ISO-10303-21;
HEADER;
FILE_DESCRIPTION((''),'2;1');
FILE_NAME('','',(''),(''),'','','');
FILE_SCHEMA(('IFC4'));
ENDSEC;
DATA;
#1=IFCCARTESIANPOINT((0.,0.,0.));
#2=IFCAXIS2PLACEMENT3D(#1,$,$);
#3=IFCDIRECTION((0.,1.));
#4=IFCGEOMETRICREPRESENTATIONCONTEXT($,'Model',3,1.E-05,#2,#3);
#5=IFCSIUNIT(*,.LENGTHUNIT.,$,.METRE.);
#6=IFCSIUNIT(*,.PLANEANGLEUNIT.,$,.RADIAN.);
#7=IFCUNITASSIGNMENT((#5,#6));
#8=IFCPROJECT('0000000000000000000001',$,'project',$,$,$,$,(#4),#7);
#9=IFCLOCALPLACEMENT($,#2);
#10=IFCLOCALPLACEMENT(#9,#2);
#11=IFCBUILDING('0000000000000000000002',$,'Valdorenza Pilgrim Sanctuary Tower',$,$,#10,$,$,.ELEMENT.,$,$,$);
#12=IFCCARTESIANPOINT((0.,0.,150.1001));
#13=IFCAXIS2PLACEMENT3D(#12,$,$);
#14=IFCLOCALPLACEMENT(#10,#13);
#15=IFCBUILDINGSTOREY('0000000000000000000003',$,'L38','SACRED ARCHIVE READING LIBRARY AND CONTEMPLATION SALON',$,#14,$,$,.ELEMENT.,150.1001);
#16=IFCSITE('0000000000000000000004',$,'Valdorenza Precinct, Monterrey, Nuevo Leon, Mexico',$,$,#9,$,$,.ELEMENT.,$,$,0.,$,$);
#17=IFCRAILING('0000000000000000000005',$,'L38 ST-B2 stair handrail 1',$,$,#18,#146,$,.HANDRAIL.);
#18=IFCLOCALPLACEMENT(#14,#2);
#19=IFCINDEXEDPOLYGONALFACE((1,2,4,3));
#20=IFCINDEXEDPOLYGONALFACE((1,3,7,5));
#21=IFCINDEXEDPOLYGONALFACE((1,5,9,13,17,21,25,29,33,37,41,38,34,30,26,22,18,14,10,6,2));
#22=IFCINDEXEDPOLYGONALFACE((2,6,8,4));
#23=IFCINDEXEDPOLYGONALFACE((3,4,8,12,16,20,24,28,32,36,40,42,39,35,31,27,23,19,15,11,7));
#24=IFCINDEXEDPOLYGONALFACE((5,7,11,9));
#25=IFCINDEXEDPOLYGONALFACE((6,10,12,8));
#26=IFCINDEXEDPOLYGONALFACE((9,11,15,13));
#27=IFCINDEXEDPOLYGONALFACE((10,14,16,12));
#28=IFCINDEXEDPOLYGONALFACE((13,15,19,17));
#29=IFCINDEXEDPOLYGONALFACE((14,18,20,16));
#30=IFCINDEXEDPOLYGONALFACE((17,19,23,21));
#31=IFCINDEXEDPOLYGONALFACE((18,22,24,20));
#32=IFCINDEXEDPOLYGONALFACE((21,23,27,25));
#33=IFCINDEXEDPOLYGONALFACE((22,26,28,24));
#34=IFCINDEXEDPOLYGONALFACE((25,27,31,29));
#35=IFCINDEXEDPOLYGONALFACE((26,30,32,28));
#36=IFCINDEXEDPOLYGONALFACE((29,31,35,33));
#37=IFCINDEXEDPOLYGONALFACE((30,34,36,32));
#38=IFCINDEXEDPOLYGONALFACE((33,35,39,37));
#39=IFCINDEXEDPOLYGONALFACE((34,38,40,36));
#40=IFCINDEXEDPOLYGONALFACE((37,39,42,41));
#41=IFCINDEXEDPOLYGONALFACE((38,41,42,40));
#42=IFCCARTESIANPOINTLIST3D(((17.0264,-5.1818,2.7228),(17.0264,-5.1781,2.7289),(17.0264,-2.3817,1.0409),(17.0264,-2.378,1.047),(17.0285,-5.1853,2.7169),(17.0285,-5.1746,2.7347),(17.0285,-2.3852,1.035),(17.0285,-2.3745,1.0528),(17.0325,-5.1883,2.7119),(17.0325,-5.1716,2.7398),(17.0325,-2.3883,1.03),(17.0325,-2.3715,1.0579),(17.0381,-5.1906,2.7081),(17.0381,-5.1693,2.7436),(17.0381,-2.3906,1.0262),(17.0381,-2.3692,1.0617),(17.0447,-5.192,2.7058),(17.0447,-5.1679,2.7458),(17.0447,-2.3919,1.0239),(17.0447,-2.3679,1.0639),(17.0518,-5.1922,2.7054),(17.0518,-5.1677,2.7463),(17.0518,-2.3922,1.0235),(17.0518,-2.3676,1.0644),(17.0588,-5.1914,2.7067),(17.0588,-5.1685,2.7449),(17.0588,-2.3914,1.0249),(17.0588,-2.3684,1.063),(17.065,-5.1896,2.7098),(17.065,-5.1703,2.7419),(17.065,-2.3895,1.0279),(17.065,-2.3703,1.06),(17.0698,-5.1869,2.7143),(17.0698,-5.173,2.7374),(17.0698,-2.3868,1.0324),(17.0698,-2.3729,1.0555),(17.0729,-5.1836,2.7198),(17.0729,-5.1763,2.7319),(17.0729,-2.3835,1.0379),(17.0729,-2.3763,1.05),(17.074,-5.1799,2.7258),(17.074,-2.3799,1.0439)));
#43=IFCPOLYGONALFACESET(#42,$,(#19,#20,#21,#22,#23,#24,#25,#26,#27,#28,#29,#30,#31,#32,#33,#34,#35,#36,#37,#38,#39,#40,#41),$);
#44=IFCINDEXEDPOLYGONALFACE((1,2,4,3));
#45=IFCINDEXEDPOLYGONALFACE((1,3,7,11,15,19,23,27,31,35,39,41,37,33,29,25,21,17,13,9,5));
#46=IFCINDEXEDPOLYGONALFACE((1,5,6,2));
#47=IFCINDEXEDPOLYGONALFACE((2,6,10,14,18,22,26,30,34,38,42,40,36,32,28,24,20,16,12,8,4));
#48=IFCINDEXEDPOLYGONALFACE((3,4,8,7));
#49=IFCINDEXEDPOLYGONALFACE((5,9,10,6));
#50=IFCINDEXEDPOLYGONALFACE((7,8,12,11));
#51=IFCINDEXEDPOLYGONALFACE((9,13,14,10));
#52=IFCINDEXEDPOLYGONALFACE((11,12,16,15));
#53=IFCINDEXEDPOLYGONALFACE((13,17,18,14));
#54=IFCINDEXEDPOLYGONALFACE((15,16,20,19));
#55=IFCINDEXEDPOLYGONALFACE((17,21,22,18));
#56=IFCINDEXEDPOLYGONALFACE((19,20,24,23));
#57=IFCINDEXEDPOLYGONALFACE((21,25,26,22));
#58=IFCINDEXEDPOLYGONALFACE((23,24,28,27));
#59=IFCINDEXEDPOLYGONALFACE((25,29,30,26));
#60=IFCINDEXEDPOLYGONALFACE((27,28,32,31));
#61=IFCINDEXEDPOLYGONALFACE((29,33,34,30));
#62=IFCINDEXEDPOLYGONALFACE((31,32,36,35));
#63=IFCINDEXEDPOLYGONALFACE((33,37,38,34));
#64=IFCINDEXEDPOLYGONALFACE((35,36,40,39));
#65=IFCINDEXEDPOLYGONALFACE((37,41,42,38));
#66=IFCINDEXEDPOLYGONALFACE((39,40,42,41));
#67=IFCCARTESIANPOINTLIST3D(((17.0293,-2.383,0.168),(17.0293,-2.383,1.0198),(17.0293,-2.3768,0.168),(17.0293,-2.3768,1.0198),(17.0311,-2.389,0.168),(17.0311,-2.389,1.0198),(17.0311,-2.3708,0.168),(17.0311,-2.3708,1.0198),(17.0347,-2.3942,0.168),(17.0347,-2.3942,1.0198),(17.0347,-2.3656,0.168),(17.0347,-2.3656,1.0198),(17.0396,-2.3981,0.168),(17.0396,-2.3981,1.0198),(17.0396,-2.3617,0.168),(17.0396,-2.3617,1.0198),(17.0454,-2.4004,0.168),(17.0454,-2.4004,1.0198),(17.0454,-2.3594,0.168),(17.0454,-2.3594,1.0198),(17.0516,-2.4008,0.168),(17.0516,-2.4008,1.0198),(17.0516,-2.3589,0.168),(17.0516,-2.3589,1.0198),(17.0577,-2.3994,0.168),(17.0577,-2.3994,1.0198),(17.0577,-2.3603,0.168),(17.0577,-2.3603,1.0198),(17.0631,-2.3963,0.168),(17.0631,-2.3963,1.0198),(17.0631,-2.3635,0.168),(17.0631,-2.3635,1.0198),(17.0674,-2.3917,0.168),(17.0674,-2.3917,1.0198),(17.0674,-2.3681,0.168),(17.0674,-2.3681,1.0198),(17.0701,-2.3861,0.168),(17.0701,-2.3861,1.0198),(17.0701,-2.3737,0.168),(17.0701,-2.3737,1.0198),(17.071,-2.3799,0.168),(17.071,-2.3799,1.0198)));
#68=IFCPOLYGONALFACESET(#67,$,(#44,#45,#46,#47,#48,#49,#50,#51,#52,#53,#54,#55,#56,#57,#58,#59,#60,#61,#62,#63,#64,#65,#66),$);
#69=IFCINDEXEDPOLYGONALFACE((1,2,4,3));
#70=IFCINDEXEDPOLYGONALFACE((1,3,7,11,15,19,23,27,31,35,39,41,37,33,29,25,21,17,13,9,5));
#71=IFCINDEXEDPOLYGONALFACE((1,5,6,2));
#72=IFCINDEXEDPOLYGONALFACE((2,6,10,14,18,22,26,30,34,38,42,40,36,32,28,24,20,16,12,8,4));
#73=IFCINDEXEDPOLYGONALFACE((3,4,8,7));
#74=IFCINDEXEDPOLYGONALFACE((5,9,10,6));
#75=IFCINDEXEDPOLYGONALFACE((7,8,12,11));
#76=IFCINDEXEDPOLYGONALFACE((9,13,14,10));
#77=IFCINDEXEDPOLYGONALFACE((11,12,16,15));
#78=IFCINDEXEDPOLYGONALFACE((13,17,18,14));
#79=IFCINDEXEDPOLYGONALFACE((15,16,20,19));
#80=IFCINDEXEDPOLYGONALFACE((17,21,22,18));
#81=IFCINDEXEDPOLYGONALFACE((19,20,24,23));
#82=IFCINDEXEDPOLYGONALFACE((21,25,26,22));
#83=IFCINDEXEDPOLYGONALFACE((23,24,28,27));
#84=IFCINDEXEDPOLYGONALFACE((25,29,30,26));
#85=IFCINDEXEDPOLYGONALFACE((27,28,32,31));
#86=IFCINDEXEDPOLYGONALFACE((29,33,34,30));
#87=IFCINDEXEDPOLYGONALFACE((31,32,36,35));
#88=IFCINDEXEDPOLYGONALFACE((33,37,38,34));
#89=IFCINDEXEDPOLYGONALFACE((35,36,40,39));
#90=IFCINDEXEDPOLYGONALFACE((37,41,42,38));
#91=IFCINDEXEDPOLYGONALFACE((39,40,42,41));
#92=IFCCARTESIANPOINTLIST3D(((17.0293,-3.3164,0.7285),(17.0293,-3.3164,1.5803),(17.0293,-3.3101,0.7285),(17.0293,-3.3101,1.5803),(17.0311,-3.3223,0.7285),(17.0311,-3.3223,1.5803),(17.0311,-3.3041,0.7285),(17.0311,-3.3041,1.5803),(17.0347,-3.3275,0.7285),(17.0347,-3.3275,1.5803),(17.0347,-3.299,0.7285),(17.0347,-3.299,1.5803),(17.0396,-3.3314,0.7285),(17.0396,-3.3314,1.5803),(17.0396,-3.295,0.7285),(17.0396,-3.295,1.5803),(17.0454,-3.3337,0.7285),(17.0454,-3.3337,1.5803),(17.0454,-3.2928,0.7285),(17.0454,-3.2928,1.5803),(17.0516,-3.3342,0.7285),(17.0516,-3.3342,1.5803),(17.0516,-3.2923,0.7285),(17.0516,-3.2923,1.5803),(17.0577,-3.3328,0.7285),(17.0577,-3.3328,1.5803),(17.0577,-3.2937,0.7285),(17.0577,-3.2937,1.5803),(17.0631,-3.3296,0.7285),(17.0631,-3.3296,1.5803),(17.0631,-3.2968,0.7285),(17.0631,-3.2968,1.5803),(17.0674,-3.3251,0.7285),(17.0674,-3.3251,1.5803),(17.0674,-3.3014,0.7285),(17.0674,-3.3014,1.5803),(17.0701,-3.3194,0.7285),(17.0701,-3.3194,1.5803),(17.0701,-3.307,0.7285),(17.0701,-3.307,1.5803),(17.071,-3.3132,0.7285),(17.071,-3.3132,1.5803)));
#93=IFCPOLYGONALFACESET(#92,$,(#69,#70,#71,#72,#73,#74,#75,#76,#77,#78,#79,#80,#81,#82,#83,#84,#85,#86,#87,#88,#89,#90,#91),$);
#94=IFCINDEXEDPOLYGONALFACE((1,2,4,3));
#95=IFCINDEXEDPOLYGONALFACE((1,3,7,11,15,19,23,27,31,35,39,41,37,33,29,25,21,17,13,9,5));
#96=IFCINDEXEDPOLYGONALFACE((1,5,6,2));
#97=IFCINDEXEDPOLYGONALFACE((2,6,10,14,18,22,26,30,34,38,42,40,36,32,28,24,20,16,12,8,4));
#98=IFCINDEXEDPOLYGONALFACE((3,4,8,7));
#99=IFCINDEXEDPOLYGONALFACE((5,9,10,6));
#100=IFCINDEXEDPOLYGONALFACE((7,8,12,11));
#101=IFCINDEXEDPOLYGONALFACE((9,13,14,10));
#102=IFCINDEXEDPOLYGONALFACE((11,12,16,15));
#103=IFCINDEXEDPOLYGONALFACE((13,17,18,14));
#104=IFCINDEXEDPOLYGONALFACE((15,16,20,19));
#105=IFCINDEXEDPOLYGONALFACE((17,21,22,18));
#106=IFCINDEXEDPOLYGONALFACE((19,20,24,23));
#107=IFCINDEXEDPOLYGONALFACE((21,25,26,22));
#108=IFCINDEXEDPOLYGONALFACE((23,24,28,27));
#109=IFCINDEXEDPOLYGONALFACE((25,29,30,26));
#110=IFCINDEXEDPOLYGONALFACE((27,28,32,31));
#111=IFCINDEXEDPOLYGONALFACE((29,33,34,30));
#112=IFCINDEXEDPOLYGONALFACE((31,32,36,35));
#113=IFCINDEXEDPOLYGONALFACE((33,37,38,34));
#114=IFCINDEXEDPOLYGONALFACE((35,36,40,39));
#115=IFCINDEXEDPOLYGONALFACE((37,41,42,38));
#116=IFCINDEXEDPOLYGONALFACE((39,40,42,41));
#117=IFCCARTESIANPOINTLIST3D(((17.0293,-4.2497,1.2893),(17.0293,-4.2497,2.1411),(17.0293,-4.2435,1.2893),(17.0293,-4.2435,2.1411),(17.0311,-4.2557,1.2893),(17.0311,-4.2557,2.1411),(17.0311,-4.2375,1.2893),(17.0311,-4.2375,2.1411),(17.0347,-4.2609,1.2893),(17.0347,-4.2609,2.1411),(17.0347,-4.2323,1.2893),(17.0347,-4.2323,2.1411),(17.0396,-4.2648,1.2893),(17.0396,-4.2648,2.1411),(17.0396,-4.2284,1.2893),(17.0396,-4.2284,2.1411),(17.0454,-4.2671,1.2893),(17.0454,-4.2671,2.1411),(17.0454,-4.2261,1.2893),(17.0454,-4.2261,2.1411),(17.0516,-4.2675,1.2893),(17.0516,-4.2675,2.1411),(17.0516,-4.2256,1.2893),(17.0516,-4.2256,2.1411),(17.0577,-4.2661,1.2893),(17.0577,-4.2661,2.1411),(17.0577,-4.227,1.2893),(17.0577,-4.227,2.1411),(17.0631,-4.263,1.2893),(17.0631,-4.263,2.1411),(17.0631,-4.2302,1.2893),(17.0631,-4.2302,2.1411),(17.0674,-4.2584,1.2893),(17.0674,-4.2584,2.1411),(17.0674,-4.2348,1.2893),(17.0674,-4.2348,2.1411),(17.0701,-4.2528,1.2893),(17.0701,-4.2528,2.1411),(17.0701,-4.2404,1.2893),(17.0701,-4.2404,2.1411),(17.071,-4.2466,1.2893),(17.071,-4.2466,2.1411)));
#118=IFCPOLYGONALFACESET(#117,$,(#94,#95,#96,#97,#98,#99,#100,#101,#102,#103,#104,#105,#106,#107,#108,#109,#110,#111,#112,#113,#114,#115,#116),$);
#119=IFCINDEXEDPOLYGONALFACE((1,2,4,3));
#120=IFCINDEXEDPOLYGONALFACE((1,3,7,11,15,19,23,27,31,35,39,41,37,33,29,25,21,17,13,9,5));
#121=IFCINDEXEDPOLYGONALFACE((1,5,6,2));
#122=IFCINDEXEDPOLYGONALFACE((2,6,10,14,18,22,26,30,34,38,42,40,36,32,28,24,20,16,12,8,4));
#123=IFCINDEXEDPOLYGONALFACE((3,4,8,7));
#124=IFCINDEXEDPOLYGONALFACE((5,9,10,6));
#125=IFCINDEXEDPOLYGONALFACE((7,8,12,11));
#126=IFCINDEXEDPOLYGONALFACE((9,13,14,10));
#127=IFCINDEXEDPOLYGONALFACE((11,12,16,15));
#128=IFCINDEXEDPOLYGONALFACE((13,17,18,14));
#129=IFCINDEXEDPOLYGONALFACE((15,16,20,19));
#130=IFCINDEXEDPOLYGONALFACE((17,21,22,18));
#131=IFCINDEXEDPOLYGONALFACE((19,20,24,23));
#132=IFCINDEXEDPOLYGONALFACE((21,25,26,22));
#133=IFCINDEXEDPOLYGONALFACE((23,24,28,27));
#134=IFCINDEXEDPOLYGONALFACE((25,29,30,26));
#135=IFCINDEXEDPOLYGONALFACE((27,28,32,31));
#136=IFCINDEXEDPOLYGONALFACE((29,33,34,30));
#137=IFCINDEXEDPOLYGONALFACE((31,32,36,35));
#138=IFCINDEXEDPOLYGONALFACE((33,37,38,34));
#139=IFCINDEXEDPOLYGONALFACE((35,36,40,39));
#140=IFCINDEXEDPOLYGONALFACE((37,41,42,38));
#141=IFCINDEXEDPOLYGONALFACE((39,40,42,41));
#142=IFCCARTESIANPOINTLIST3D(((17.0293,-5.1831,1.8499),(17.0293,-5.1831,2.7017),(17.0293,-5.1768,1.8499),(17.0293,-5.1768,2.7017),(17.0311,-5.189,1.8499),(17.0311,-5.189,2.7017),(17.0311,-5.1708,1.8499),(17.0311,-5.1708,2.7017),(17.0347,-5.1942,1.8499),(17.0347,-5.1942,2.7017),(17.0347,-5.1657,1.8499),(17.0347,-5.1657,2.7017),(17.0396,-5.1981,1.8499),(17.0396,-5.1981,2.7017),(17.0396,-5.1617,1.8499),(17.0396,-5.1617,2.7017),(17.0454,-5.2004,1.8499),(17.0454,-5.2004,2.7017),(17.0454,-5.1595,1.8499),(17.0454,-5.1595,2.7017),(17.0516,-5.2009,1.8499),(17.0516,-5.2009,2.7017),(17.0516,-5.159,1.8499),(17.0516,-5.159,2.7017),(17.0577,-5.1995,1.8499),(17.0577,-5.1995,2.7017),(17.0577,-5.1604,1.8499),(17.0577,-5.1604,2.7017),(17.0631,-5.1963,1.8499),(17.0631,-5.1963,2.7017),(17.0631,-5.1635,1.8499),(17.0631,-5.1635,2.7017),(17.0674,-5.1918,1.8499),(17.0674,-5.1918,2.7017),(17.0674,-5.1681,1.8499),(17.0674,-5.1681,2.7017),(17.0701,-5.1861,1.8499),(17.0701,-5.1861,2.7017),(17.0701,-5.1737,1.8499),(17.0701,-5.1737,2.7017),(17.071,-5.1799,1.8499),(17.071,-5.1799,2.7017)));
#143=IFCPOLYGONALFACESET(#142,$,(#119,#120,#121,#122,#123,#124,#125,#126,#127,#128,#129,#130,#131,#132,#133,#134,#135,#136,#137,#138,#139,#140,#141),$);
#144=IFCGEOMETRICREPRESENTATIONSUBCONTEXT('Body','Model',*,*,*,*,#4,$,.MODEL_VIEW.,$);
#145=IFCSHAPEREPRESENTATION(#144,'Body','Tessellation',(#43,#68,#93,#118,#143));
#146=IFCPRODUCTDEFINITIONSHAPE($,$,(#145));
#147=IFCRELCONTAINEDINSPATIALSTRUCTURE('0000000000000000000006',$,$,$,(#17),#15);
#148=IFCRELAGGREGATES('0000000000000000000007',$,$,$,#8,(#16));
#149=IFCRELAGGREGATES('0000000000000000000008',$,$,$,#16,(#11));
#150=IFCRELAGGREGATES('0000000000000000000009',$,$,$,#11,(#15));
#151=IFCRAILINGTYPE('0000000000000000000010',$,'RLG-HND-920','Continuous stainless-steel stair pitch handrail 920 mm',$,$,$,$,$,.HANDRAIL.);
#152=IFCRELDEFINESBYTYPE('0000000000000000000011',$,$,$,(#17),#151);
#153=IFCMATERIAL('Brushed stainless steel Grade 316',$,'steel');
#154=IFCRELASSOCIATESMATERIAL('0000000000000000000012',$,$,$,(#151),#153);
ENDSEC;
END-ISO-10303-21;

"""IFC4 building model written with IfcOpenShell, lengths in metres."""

from ifc_helpers import new_model, si_unit, direction, frame, origin, origin_2d, place, context, subcontext, project, spatial, circle, extrude, material, type_object, element, save


model = new_model("IFC4")

# Units and contexts
model_context = context("Model", 3, precision=1e-05, world=origin(), true_north=direction((0.0, 1.0)))
body_context = subcontext(model_context, "Body", "Model", "MODEL_VIEW")
ifc_project = project(units=[si_unit("LENGTHUNIT", "METRE"), si_unit("PLANEANGLEUNIT", "RADIAN")], contexts=[model_context])

# Site, building, storey
site_placement = place(None, origin())
site = spatial("IfcSite", under=ifc_project, at=site_placement, Name="Valdorenza Precinct, Monterrey, Nuevo Leon, Mexico", CompositionType="ELEMENT", RefElevation=0.0)
building_placement = place(site_placement, origin())
building = spatial("IfcBuilding", under=site, at=building_placement, Name="Valdorenza Pilgrim Sanctuary Tower", CompositionType="ELEMENT")
storey_placement = place(building_placement, frame((0.0, 0.0, 150.1001)))
storey = spatial("IfcBuildingStorey", under=building, at=storey_placement, Name="L38", Description="SACRED ARCHIVE READING LIBRARY AND CONTEMPLATION SALON", CompositionType="ELEMENT", Elevation=150.1001)

# Railing
ifc_material_1 = material(Name="Brushed stainless steel Grade 316", Category="steel")
railing_type_1 = type_object("IfcRailingType", Name="RLG-HND-920", Description="Continuous stainless-steel stair pitch handrail 920 mm", PredefinedType="HANDRAIL", material=ifc_material_1)
railing_1_placement = place(storey_placement, frame((17.05, -2.3799, 0.168)))
element("IfcRailing", 1, at=railing_1_placement, inside=storey, type_object=railing_type_1, Name="L38 ST-B2 stair handrail 1", PredefinedType="HANDRAIL", context=body_context, shape_type="SweptSolid", body=[
    extrude(circle(Radius=0.0239, at=origin_2d()), frame((0.0, 0.0, 0.876), z_axis=(0.0, -0.857242, 0.514913), x_axis=(1.0, 0.0, 0.0)), (0.0, 0.0, 1.0), 3.2664),
    extrude(circle(Radius=0.021, at=origin_2d()), origin(), (0.0, 0.0, 1.0), 0.8518),
    extrude(circle(Radius=0.021, at=origin_2d()), frame((0.0, -0.9333, 0.5605)), (0.0, 0.0, 1.0), 0.8518),
    extrude(circle(Radius=0.021, at=origin_2d()), frame((0.0, -1.8667, 1.1213)), (0.0, 0.0, 1.0), 0.8518),
    extrude(circle(Radius=0.021, at=origin_2d()), frame((0.0, -2.8, 1.6819)), (0.0, 0.0, 1.0), 0.8518),
])

save(model, "model.ifc")
